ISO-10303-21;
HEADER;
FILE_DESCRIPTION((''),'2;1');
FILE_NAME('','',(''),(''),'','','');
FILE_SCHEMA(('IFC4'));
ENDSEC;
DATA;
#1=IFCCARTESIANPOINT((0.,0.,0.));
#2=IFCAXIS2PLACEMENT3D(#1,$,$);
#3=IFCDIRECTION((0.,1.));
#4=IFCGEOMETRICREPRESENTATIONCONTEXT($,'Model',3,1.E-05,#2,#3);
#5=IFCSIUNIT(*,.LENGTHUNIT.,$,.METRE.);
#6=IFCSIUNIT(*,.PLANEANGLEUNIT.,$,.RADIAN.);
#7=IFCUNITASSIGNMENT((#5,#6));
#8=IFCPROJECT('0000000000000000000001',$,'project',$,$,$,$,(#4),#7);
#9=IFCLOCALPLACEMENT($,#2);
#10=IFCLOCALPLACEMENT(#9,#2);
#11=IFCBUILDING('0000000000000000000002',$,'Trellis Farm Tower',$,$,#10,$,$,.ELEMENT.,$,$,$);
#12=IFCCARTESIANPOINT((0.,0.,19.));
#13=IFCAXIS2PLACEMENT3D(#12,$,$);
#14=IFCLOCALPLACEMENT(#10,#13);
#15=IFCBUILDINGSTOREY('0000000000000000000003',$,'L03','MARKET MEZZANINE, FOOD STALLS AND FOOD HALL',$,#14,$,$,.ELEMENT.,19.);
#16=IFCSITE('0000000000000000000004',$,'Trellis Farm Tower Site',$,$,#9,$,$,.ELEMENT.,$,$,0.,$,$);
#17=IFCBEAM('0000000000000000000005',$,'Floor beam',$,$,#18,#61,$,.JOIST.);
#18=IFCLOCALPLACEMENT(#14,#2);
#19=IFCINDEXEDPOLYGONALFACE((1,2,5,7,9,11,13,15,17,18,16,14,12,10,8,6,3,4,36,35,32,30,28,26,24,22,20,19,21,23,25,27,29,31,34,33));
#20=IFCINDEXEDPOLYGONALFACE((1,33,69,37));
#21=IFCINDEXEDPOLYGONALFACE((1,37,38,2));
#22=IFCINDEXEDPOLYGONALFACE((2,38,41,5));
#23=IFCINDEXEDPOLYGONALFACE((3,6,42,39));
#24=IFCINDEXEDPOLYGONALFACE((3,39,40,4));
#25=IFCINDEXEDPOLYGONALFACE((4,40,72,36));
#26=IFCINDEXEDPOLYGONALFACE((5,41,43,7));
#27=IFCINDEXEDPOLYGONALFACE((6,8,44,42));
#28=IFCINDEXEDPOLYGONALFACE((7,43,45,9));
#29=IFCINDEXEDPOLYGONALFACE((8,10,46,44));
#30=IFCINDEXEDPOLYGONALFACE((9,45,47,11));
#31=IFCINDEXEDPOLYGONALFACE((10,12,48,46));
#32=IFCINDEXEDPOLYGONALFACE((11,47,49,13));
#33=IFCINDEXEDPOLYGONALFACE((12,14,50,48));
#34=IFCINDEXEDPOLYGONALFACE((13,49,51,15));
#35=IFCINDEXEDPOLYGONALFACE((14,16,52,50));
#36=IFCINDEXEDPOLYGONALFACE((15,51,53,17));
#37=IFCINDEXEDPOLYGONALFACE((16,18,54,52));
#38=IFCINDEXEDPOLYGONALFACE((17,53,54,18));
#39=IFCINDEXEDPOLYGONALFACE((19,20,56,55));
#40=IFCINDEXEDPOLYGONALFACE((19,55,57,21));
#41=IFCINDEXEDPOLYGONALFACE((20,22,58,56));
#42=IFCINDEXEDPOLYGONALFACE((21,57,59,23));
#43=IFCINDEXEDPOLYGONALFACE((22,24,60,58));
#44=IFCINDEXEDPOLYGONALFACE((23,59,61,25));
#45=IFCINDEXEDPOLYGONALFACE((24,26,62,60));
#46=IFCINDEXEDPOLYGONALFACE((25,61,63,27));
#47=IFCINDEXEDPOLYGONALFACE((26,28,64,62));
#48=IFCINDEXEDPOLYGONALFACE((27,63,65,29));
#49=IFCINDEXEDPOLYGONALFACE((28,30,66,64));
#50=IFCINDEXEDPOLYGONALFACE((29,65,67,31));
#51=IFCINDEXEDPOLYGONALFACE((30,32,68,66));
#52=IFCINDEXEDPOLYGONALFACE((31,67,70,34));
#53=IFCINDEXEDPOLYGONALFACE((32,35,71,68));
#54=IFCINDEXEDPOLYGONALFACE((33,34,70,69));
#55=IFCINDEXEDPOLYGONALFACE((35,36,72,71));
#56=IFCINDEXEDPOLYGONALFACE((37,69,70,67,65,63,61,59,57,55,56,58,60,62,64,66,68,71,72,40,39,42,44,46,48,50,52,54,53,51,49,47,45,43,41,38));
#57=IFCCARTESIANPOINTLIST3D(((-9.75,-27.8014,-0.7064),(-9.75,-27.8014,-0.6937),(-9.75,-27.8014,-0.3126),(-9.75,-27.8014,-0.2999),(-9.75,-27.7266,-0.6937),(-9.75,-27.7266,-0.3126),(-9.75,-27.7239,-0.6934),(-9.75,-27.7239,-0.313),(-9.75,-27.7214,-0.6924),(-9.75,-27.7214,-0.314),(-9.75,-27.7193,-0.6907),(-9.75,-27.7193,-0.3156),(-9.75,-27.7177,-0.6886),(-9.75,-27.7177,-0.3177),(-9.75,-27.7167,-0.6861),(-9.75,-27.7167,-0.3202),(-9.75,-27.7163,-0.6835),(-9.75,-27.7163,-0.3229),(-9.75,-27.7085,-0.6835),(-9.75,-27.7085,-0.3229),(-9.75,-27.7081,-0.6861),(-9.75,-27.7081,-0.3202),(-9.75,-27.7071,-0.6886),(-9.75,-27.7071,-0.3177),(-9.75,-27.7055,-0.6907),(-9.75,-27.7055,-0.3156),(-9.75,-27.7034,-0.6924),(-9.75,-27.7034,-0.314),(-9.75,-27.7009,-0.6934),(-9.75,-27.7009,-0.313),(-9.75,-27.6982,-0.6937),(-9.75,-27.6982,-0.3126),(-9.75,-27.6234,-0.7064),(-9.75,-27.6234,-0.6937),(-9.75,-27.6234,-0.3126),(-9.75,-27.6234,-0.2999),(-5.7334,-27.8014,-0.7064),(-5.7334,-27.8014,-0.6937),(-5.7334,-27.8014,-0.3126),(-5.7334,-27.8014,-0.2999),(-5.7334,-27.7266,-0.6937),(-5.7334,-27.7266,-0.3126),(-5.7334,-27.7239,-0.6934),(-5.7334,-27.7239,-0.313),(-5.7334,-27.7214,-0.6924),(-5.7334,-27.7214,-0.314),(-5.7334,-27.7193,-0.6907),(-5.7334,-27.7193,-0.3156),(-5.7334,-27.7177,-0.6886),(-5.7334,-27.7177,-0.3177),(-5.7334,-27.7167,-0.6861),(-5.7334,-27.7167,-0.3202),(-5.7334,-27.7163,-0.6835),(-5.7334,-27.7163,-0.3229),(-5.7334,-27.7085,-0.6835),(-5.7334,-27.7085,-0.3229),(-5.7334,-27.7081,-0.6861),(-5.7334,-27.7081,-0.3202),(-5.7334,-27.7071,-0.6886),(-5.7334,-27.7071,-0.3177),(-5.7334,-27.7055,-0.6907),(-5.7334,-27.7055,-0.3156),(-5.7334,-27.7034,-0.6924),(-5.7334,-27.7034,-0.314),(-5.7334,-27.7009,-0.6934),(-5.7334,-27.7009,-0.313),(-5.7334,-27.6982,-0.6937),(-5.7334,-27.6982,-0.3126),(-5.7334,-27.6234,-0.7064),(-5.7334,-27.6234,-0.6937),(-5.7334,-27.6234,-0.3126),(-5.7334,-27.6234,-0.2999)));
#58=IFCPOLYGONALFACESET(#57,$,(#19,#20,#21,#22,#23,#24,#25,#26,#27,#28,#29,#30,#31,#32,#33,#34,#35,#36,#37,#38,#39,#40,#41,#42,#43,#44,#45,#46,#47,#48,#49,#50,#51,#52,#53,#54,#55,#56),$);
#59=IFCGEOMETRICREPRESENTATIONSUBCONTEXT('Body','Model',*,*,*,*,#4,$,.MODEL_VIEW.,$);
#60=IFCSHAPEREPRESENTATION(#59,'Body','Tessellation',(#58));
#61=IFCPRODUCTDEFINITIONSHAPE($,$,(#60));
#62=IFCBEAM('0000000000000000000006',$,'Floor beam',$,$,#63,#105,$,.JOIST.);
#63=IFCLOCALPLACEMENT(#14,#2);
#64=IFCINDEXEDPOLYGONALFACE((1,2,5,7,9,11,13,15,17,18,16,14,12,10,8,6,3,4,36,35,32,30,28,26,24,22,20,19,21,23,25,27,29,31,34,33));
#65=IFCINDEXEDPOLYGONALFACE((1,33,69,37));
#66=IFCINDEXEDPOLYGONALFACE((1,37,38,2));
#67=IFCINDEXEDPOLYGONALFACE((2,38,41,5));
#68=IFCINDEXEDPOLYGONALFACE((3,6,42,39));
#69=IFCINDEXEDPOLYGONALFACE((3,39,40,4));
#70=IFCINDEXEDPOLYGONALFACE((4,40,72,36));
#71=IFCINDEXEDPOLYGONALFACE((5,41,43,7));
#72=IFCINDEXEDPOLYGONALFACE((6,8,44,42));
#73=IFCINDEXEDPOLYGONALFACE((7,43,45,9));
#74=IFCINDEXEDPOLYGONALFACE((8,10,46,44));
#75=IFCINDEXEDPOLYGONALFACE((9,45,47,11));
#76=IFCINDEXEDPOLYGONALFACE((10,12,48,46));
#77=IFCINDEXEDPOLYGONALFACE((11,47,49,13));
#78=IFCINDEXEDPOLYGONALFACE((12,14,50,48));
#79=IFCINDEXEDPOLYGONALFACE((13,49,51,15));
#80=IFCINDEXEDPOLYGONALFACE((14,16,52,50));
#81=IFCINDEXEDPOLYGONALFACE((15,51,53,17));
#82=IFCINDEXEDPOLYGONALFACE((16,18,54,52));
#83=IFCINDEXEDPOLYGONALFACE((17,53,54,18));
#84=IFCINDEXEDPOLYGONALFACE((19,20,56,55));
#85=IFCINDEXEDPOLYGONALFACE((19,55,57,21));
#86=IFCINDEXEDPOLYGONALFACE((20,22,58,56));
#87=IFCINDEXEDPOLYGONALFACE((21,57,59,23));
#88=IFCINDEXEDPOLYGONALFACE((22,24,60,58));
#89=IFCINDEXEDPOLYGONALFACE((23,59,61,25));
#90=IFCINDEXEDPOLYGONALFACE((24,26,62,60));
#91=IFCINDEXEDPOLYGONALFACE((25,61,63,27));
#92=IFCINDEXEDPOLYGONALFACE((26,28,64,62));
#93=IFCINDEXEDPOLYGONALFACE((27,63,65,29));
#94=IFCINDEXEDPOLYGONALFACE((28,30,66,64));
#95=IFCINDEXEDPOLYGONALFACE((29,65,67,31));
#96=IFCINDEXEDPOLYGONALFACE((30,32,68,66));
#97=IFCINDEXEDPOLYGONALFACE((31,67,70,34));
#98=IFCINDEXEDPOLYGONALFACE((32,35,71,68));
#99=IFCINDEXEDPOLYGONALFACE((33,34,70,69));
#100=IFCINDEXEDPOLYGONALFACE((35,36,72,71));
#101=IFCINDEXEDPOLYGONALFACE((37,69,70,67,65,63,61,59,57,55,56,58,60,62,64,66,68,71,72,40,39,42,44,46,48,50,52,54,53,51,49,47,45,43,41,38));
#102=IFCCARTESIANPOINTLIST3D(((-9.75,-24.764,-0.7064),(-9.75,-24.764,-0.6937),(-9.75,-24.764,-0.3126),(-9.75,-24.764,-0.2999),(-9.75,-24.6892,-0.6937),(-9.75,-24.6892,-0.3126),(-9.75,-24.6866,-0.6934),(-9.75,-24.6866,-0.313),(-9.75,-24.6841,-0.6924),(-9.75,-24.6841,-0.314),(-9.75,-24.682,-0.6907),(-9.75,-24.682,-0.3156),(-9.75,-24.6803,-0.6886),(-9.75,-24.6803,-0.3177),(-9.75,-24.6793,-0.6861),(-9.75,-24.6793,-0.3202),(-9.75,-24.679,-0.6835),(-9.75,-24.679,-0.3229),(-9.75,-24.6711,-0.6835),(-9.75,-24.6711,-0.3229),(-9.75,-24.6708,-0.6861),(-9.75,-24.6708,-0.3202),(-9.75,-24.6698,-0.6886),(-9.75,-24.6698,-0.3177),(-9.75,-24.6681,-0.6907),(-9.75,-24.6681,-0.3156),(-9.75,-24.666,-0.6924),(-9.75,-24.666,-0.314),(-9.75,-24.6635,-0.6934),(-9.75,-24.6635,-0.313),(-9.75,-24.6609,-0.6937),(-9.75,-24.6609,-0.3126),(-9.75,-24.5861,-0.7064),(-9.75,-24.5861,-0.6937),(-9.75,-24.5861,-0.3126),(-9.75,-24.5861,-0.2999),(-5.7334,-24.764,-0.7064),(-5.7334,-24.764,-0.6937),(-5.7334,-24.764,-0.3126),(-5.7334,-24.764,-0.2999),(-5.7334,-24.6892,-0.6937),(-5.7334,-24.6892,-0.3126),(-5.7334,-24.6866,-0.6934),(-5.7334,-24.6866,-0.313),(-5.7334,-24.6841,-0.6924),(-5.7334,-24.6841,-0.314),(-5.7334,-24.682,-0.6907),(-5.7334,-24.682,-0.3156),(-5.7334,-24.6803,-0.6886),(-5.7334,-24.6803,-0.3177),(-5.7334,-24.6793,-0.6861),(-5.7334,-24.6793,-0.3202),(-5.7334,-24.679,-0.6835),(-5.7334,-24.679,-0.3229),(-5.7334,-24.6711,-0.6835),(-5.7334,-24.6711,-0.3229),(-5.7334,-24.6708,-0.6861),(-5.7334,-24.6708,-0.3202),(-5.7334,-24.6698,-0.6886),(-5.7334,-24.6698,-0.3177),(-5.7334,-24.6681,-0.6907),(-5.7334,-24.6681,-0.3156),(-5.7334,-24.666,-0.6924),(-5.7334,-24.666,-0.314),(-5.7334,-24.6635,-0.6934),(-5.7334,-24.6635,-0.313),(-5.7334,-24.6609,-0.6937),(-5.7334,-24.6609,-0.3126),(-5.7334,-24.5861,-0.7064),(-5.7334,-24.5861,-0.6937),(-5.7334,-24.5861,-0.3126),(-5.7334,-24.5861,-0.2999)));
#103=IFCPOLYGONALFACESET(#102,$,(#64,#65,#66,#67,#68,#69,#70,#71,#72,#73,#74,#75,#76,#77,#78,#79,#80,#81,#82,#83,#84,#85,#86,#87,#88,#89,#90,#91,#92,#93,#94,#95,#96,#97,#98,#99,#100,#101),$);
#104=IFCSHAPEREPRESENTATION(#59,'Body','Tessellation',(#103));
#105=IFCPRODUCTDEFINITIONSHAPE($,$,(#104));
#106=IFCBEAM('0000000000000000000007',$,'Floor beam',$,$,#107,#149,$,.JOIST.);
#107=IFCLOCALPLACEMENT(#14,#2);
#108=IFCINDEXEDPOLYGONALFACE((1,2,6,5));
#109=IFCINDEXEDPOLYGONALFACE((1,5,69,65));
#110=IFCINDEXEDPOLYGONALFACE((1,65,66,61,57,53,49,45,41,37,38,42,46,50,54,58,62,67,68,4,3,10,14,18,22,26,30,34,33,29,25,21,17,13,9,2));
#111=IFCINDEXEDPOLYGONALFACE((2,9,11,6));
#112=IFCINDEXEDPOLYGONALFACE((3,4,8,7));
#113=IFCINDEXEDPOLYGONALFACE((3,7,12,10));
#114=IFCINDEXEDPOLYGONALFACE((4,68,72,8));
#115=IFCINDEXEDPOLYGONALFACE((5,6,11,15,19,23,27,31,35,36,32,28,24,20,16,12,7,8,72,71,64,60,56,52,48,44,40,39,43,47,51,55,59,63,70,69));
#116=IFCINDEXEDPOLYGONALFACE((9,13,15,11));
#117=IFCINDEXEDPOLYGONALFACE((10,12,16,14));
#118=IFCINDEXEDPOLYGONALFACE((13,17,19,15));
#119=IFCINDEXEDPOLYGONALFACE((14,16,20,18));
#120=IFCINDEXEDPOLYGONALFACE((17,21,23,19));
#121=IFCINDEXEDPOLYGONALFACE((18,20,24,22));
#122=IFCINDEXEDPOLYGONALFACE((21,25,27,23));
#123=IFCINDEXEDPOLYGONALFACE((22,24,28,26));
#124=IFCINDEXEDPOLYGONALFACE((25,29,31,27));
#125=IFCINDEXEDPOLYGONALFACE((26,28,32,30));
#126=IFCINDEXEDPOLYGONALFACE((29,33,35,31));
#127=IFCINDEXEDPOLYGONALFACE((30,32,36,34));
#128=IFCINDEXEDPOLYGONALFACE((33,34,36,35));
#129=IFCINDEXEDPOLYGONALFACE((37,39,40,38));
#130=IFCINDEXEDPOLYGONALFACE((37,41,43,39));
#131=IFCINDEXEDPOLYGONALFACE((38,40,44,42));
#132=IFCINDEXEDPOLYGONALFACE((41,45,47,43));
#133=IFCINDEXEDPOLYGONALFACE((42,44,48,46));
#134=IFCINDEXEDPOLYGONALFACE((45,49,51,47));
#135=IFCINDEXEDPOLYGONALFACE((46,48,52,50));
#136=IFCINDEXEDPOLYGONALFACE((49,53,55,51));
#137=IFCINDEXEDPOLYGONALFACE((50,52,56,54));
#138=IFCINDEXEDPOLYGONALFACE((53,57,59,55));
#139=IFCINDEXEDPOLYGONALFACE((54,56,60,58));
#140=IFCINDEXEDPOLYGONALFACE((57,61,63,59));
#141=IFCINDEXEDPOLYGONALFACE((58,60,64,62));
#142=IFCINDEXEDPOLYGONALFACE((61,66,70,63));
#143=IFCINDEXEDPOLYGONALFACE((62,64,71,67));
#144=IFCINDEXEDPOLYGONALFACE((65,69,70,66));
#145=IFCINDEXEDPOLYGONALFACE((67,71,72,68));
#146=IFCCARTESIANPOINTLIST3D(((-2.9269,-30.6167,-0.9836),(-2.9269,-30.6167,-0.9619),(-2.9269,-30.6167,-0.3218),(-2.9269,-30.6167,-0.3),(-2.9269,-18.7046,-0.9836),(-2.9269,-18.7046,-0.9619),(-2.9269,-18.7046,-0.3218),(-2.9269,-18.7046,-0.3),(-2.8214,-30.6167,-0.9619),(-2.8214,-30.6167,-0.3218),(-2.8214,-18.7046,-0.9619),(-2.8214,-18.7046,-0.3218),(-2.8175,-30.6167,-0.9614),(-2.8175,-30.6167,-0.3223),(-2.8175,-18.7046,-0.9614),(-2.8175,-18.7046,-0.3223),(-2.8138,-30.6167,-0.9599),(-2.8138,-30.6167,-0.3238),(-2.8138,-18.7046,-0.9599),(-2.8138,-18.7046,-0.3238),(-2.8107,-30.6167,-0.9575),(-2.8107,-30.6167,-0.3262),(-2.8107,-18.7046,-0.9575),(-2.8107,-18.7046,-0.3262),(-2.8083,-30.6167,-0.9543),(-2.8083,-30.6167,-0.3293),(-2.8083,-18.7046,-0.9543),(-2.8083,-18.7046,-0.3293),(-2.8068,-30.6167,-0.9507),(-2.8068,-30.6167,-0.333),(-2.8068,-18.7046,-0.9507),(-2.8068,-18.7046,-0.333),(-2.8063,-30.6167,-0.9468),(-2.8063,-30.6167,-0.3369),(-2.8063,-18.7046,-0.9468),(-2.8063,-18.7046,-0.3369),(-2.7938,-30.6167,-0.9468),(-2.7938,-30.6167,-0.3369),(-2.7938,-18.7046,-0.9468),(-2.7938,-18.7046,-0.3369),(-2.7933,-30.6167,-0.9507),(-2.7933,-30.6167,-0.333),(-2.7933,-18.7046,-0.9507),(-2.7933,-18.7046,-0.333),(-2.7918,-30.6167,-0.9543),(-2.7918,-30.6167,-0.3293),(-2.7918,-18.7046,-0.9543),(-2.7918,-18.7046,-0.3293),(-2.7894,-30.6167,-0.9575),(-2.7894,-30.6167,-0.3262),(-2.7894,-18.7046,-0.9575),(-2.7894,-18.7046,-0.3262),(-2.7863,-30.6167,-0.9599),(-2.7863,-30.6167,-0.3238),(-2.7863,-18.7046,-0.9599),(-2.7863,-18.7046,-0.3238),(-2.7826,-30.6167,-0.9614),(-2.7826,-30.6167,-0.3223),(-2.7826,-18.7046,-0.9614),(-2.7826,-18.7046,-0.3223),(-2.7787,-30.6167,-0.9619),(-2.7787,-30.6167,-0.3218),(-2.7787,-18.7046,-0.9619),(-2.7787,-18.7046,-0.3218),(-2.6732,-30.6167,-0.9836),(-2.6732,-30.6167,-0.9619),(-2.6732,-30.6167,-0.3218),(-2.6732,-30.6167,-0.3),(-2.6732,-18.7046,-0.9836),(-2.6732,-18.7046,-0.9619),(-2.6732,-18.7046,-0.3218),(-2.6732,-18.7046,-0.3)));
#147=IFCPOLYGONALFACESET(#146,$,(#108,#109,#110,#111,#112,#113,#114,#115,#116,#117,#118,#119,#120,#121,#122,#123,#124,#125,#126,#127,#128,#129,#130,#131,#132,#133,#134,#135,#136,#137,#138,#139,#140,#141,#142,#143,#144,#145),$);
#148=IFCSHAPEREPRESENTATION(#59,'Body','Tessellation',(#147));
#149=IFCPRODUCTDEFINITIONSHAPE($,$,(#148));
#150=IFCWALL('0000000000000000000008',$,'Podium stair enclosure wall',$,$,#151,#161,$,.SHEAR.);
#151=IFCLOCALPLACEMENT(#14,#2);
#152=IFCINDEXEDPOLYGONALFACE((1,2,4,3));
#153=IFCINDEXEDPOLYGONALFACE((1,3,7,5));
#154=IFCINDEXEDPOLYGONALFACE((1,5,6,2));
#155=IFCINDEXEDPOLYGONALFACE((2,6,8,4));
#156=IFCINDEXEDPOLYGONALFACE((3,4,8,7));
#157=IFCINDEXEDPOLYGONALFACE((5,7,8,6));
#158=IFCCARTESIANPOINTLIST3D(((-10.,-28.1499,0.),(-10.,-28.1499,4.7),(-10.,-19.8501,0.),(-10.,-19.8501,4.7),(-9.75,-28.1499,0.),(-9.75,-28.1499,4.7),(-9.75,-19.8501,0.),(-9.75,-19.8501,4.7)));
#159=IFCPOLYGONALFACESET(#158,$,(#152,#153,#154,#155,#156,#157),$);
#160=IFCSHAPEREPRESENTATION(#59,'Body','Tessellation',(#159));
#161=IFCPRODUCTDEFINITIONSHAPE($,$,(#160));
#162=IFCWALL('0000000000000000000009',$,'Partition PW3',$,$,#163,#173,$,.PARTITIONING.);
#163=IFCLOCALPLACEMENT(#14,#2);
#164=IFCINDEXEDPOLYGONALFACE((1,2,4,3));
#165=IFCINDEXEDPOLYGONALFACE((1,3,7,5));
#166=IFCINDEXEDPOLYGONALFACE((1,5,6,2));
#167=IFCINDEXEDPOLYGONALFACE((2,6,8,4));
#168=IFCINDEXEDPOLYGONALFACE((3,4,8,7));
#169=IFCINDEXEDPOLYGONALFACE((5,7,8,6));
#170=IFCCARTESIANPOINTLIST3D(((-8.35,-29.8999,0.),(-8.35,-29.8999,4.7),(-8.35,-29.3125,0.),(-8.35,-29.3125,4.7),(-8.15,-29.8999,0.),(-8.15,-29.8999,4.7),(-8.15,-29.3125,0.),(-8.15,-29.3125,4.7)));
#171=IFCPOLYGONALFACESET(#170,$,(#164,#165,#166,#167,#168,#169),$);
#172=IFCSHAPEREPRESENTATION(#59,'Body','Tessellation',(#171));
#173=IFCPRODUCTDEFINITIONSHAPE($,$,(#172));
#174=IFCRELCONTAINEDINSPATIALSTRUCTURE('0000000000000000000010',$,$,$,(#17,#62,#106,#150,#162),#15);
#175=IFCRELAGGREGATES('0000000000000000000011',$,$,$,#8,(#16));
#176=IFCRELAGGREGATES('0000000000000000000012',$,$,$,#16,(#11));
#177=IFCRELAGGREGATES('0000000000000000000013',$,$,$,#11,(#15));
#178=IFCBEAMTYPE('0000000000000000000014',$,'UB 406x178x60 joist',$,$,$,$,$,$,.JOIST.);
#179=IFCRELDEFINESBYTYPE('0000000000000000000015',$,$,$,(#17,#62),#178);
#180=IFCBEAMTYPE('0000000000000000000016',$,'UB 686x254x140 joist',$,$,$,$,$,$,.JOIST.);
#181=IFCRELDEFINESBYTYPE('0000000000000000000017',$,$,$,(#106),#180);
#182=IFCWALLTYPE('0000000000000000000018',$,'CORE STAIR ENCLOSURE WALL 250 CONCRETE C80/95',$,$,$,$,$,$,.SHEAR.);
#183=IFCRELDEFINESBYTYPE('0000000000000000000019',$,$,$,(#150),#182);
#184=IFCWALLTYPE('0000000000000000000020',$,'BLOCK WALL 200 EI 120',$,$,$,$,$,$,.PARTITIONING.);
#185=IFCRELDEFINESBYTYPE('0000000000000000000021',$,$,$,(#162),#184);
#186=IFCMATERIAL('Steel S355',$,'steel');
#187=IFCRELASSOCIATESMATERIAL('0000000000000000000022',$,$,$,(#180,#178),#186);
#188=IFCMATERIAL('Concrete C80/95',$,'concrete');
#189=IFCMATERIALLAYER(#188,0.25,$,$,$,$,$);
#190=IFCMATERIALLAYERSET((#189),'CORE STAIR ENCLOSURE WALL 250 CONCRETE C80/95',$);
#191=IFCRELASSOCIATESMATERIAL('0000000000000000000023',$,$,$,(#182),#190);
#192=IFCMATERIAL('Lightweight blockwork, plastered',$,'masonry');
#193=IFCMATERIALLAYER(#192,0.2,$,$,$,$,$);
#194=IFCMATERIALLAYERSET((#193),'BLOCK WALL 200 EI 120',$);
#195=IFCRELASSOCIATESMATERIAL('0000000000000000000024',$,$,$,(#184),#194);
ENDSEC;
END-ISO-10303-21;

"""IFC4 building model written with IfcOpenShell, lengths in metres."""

from ifc_helpers import new_model, si_unit, direction, frame, frame_2d, origin, origin_2d, place, context, subcontext, project, spatial, rectangle, i_section, extrude, source, transform, mapped, material, layer, layer_set, material_profile, profile_set, type_object, element, save


model = new_model("IFC4")

# Units and contexts
model_context = context("Model", 3, precision=1e-05, world=origin(), true_north=direction((0.0, 1.0)))
body_context = subcontext(model_context, "Body", "Model", "MODEL_VIEW")
ifc_project = project(units=[si_unit("LENGTHUNIT", "METRE"), si_unit("PLANEANGLEUNIT", "RADIAN")], contexts=[model_context])

# Site, building, storey
site_placement = place(None, origin())
site = spatial("IfcSite", under=ifc_project, at=site_placement, Name="Trellis Farm Tower Site", CompositionType="ELEMENT", RefElevation=0.0)
building_placement = place(site_placement, origin())
building = spatial("IfcBuilding", under=site, at=building_placement, Name="Trellis Farm Tower", CompositionType="ELEMENT")
storey_placement = place(building_placement, frame((0.0, 0.0, 19.0)))
storey = spatial("IfcBuildingStorey", under=building, at=storey_placement, Name="L03", Description="MARKET MEZZANINE, FOOD STALLS AND FOOD HALL", CompositionType="ELEMENT", Elevation=19.0)

# Shared definitions
ifc_material_1 = material(Name="Concrete C80/95", Category="concrete")

# Beams
ifc_material_2 = material(Name="Steel S355", Category="steel")
ifc_material_profile_1 = material_profile(ifc_material_2, i_section(OverallWidth=0.2537, OverallDepth=0.6836, WebThickness=0.0125, FlangeThickness=0.0217, FilletRadius=0.0151, at=origin_2d()), Name="UB 686x254x140")
ifc_profile_set_1 = profile_set([ifc_material_profile_1], Name="Steel S355")
beam_type_1 = type_object("IfcBeamType", Name="UB 686x254x140 joist", PredefinedType="JOIST", material=ifc_profile_set_1)
ifc_material_profile_2 = material_profile(ifc_material_2, i_section(OverallWidth=0.178, OverallDepth=0.4065, WebThickness=0.0078, FlangeThickness=0.0127, FilletRadius=0.0103, at=origin_2d()), Name="UB 406x178x60")
ifc_profile_set_2 = profile_set([ifc_material_profile_2], Name="Steel S355")
beam_type_2 = type_object("IfcBeamType", Name="UB 406x178x60 joist", PredefinedType="JOIST", material=ifc_profile_set_2)
shared_shape_1 = source(origin(), body_context, "Body", "SweptSolid", [
    extrude(i_section(OverallWidth=0.178, OverallDepth=0.4065, WebThickness=0.0078, FlangeThickness=0.0127, FilletRadius=0.0103, at=origin_2d()), origin(), (0.0, 0.0, 1.0), 4.0166),
])
for number, where, z_axis, x_axis, name in (
    (1, (-9.75, -27.7124, -0.5032), (1.0, 0.0, 0.0), (0.0, 1.0, 0.0), "Floor beam"),
    (2, (-9.75, -24.675, -0.5032), (1.0, 0.0, 0.0), (0.0, 1.0, 0.0), "Floor beam"),
):
    element("IfcBeam", number, at=place(storey_placement, frame(where, z_axis=z_axis, x_axis=x_axis)), inside=storey, type_object=beam_type_2, Name=name, PredefinedType="JOIST", context=body_context, shape_type="MappedRepresentation", body=[
        mapped(shared_shape_1, transform((0.0, 0.0, 0.0))),
    ])
shared_shape_2 = source(origin(), body_context, "Body", "SweptSolid", [
    extrude(i_section(OverallWidth=0.2537, OverallDepth=0.6836, WebThickness=0.0125, FlangeThickness=0.0217, FilletRadius=0.0151, at=origin_2d()), origin(), (0.0, 0.0, 1.0), 11.9121),
])
beam_1_placement = place(storey_placement, frame((-2.8, -30.6167, -0.6418), z_axis=(0.0, 1.0, 0.0), x_axis=(-1.0, 0.0, 0.0)))
element("IfcBeam", 3, at=beam_1_placement, inside=storey, type_object=beam_type_1, Name="Floor beam", PredefinedType="JOIST", context=body_context, shape_type="MappedRepresentation", body=[
    mapped(shared_shape_2, transform((0.0, 0.0, 0.0))),
])

# Walls
ifc_layer_1 = layer(ifc_material_1, 0.25)
ifc_layer_set_1 = layer_set([ifc_layer_1], Name="CORE STAIR ENCLOSURE WALL 250 CONCRETE C80/95")
wall_type_1 = type_object("IfcWallType", Name="CORE STAIR ENCLOSURE WALL 250 CONCRETE C80/95", PredefinedType="SHEAR", material=ifc_layer_set_1)
shared_shape_3 = source(origin(), body_context, "Body", "SweptSolid", [
    extrude(rectangle(XDim=8.2998, YDim=0.25, at=frame_2d((4.1499, 0.0))), origin(), (0.0, 0.0, 1.0), 4.7),
])
wall_1_placement = place(storey_placement, frame((-9.875, -28.1499, 0.0), z_axis=(0.0, 0.0, 1.0), x_axis=(0.0, 1.0, 0.0)))
element("IfcWall", 4, at=wall_1_placement, inside=storey, type_object=wall_type_1, Name="Podium stair enclosure wall", PredefinedType="SHEAR", context=body_context, shape_type="MappedRepresentation", body=[
    mapped(shared_shape_3, transform((0.0, 0.0, 0.0))),
])
ifc_material_3 = material(Name="Lightweight blockwork, plastered", Category="masonry")
ifc_layer_2 = layer(ifc_material_3, 0.2)
ifc_layer_set_2 = layer_set([ifc_layer_2], Name="BLOCK WALL 200 EI 120")
wall_type_2 = type_object("IfcWallType", Name="BLOCK WALL 200 EI 120", PredefinedType="PARTITIONING", material=ifc_layer_set_2)
shared_shape_4 = source(origin(), body_context, "Body", "SweptSolid", [
    extrude(rectangle(XDim=0.5874, YDim=0.2, at=frame_2d((0.2937, 0.0))), origin(), (0.0, 0.0, 1.0), 4.7),
])
wall_2_placement = place(storey_placement, frame((-8.25, -29.8999, 0.0), z_axis=(0.0, 0.0, 1.0), x_axis=(0.0, 1.0, 0.0)))
element("IfcWall", 5, at=wall_2_placement, inside=storey, type_object=wall_type_2, Name="Partition PW3", PredefinedType="PARTITIONING", context=body_context, shape_type="MappedRepresentation", body=[
    mapped(shared_shape_4, transform((0.0, 0.0, 0.0))),
])

save(model, "model.ifc")
